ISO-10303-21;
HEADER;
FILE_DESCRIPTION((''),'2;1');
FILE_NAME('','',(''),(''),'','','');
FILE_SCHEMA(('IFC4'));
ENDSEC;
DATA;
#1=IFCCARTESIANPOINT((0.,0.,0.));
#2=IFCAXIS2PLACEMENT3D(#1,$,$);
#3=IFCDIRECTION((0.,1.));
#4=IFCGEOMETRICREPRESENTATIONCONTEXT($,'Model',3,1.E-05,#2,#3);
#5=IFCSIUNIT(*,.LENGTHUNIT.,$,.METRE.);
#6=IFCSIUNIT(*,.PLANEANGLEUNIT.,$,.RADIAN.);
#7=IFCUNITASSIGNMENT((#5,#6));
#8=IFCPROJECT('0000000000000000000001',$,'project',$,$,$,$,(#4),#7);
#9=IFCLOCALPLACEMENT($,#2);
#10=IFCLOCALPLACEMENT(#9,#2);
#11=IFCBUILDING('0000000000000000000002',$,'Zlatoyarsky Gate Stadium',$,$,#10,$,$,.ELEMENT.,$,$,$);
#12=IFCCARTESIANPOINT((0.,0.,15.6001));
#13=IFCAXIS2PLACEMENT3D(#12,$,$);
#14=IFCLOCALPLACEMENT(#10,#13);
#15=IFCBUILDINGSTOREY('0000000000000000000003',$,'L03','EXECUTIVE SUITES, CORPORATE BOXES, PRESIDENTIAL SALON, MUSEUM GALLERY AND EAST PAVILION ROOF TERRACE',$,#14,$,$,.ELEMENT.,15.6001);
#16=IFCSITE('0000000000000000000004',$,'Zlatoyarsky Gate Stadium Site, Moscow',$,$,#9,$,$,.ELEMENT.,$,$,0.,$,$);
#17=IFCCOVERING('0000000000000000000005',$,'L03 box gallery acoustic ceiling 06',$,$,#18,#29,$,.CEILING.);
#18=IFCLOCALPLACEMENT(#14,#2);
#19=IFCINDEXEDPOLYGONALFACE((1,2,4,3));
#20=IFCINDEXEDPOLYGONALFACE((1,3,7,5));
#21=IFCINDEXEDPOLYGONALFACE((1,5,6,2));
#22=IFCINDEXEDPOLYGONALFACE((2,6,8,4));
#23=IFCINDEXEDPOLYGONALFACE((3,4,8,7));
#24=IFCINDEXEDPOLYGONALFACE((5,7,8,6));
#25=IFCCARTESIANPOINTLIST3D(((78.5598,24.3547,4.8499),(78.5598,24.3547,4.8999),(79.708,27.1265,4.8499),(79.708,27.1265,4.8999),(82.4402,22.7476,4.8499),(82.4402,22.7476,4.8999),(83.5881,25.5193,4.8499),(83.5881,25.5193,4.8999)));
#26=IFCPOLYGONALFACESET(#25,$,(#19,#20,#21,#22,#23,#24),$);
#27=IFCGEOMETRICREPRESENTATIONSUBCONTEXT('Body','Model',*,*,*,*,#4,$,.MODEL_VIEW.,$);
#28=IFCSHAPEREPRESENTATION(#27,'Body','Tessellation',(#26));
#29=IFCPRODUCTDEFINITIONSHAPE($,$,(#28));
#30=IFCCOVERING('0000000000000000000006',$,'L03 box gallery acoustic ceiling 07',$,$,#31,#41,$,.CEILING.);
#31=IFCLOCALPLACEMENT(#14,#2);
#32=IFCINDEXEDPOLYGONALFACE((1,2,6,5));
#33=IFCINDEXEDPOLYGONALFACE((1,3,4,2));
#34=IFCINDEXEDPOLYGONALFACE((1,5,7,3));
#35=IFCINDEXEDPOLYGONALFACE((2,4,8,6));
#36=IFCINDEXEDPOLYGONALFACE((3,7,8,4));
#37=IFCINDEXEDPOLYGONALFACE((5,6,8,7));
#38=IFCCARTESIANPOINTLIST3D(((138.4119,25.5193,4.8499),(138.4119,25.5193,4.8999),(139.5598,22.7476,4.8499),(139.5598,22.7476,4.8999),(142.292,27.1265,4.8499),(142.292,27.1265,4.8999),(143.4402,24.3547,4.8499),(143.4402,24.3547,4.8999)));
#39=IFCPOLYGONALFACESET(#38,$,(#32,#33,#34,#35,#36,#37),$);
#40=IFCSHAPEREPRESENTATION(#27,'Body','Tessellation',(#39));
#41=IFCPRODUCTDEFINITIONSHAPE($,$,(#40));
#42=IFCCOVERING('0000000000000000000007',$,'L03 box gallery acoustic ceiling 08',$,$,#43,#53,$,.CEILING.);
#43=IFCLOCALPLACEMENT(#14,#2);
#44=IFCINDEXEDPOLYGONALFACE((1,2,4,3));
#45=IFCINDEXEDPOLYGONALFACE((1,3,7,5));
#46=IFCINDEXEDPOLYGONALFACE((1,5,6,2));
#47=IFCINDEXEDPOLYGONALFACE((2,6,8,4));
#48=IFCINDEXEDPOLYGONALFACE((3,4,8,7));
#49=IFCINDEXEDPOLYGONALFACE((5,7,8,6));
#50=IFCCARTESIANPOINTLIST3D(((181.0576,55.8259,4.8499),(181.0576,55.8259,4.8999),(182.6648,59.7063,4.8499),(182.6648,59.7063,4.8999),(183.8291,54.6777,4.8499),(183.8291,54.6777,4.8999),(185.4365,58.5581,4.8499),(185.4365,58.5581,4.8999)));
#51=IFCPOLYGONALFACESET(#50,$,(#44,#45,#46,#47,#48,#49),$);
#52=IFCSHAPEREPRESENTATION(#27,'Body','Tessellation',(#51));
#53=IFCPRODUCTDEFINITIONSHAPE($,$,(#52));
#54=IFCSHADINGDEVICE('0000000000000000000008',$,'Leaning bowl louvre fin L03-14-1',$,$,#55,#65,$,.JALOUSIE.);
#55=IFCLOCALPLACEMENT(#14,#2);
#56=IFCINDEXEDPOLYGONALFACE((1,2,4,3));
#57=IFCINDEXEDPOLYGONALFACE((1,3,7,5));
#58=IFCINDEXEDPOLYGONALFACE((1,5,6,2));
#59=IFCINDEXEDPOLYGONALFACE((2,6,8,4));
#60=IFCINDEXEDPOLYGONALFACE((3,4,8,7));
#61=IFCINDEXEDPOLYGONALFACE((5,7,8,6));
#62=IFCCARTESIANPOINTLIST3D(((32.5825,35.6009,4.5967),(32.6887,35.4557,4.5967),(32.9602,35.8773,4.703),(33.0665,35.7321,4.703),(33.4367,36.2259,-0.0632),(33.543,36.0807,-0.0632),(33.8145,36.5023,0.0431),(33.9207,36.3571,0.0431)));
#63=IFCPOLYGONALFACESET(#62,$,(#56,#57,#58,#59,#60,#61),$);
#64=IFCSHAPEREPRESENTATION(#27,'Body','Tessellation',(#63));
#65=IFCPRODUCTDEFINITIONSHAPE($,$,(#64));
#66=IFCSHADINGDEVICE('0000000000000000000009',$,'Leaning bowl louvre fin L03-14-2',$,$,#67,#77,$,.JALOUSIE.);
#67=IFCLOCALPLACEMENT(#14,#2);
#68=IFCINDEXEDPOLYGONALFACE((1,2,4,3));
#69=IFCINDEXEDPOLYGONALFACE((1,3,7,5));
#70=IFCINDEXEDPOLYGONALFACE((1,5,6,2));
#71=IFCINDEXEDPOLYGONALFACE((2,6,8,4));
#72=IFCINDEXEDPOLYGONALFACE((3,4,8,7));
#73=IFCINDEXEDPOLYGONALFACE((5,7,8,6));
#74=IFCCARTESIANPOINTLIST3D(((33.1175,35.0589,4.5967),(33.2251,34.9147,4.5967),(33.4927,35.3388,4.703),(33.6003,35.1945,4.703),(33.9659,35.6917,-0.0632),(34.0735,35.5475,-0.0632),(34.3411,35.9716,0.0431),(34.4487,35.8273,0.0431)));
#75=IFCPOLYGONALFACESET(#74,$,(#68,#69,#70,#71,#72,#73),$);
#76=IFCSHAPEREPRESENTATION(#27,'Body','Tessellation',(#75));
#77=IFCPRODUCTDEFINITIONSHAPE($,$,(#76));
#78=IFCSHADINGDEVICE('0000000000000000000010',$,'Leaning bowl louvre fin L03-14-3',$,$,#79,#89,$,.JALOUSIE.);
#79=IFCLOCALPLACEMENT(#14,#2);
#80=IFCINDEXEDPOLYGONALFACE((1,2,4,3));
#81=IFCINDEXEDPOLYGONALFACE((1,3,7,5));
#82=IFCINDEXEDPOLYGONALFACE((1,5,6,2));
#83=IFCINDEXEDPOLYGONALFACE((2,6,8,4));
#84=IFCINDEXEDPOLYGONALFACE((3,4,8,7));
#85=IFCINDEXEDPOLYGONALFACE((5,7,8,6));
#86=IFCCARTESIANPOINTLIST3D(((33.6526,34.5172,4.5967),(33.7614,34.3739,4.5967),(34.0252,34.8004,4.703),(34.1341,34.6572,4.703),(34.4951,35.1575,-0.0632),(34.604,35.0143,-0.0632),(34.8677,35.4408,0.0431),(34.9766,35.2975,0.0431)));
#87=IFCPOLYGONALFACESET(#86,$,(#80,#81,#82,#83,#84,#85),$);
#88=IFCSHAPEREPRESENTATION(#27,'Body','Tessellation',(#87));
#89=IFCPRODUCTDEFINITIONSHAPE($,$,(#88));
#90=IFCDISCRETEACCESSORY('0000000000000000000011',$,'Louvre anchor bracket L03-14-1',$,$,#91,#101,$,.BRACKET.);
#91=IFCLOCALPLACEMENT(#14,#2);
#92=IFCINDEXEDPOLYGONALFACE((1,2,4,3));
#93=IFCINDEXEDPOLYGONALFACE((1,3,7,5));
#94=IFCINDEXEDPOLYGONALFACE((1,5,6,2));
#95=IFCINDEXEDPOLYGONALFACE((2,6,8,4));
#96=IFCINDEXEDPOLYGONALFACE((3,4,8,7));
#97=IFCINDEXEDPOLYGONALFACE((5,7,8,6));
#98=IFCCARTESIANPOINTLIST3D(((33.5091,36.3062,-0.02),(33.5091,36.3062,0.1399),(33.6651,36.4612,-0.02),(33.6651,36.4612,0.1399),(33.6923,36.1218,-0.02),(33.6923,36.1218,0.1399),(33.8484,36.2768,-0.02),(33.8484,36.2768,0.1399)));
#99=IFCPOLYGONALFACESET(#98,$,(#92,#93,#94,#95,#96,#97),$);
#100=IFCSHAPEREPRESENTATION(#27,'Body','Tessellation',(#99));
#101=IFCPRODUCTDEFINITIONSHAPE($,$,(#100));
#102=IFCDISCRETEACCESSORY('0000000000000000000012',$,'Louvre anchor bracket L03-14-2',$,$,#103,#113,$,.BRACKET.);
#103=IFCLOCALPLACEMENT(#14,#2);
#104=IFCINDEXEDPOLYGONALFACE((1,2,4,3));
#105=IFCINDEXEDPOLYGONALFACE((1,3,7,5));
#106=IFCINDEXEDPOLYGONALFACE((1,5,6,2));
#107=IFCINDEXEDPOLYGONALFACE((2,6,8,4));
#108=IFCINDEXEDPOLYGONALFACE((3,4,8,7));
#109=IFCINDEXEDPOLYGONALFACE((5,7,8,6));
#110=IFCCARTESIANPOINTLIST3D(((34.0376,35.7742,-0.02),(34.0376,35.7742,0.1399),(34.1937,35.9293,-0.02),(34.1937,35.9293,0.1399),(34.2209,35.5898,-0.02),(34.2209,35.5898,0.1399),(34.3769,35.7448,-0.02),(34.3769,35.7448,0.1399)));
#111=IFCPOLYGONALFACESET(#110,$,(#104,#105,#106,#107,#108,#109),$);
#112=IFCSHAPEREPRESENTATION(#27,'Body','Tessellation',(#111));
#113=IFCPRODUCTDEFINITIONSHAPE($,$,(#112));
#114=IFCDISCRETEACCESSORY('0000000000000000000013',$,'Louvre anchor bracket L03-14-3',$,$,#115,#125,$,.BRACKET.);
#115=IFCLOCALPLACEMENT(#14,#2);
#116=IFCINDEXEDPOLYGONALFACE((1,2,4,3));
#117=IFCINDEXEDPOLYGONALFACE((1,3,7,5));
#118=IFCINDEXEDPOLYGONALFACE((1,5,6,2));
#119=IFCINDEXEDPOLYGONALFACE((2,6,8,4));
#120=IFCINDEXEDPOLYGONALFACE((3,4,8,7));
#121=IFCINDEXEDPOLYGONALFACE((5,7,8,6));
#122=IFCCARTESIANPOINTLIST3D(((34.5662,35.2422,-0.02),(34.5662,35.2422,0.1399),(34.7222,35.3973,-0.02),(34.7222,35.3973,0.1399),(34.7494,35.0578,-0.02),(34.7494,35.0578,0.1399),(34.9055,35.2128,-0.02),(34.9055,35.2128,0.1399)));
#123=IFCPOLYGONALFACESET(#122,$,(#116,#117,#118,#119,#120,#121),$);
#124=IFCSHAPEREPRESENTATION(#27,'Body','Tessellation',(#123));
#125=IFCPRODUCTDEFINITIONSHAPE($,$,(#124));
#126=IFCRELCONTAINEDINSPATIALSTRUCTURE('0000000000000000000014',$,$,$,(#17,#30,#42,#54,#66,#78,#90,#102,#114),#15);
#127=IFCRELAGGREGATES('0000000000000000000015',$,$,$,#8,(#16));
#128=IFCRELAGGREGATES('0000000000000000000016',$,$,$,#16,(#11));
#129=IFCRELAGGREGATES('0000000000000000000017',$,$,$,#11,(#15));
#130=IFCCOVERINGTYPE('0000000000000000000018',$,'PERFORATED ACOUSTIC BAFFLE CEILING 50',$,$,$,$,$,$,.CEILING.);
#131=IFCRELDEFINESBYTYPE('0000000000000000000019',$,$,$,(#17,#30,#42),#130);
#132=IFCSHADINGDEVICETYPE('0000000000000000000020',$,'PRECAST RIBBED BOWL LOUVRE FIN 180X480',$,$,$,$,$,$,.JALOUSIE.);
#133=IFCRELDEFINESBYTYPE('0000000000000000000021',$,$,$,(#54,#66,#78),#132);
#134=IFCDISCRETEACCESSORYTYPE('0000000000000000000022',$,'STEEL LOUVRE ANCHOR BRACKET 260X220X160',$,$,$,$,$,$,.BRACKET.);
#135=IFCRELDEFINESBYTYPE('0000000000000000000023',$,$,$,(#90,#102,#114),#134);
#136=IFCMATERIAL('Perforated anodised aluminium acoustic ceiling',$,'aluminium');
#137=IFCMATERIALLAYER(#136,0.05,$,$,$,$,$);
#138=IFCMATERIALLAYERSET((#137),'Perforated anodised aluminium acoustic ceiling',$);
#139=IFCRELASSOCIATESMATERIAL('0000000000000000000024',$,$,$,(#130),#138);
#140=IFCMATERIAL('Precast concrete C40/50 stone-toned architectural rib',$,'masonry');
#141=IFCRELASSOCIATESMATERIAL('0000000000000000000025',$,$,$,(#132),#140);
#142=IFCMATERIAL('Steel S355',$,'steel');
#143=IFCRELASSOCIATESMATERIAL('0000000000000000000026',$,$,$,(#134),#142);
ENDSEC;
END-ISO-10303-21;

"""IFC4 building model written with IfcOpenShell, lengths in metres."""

from ifc_helpers import new_model, si_unit, direction, frame, origin, origin_2d, place, context, subcontext, project, spatial, polyline, rectangle, outline, extrude, material, layer, layer_set, material_profile, profile_set, type_object, element, save


model = new_model("IFC4")

# Units and contexts
model_context = context("Model", 3, precision=1e-05, world=origin(), true_north=direction((0.0, 1.0)))
body_context = subcontext(model_context, "Body", "Model", "MODEL_VIEW")
ifc_project = project(units=[si_unit("LENGTHUNIT", "METRE"), si_unit("PLANEANGLEUNIT", "RADIAN")], contexts=[model_context])

# Site, building, storey
site_placement = place(None, origin())
site = spatial("IfcSite", under=ifc_project, at=site_placement, Name="Zlatoyarsky Gate Stadium Site, Moscow", CompositionType="ELEMENT", RefElevation=0.0)
building_placement = place(site_placement, origin())
building = spatial("IfcBuilding", under=site, at=building_placement, Name="Zlatoyarsky Gate Stadium", CompositionType="ELEMENT")
storey_placement = place(building_placement, frame((0.0, 0.0, 15.6001)))
storey = spatial("IfcBuildingStorey", under=building, at=storey_placement, Name="L03", Description="EXECUTIVE SUITES, CORPORATE BOXES, PRESIDENTIAL SALON, MUSEUM GALLERY AND EAST PAVILION ROOF TERRACE", CompositionType="ELEMENT", Elevation=15.6001)

# Shared definitions
ifc_material_1 = material(Name="Steel S355", Category="steel")

# Coverings
ifc_material_2 = material(Name="Perforated anodised aluminium acoustic ceiling", Category="aluminium")
ifc_layer_1 = layer(ifc_material_2, 0.05)
ifc_layer_set_1 = layer_set([ifc_layer_1], Name="Perforated anodised aluminium acoustic ceiling")
covering_type = type_object("IfcCoveringType", Name="PERFORATED ACOUSTIC BAFFLE CEILING 50", PredefinedType="CEILING", material=ifc_layer_set_1)
covering_1_placement = place(storey_placement, frame((0.0, 0.0, 4.8499)))
element("IfcCovering", 1, at=covering_1_placement, inside=storey, type_object=covering_type, Name="L03 box gallery acoustic ceiling 06", PredefinedType="CEILING", context=body_context, shape_type="SweptSolid", body=[
    extrude(outline(polyline([(79.708, 27.1265), (83.5881, 25.5193), (82.4402, 22.7476), (78.5598, 24.3547), (79.708, 27.1265)])), origin(), (0.0, 0.0, 1.0), 0.05),
])
covering_2_placement = place(storey_placement, frame((0.0, 0.0, 4.8499)))
element("IfcCovering", 2, at=covering_2_placement, inside=storey, type_object=covering_type, Name="L03 box gallery acoustic ceiling 07", PredefinedType="CEILING", context=body_context, shape_type="SweptSolid", body=[
    extrude(outline(polyline([(138.4119, 25.5193), (142.292, 27.1265), (143.4402, 24.3547), (139.5598, 22.7476), (138.4119, 25.5193)])), origin(), (0.0, 0.0, 1.0), 0.05),
])
covering_3_placement = place(storey_placement, frame((0.0, 0.0, 4.8499)))
element("IfcCovering", 3, at=covering_3_placement, inside=storey, type_object=covering_type, Name="L03 box gallery acoustic ceiling 08", PredefinedType="CEILING", context=body_context, shape_type="SweptSolid", body=[
    extrude(outline(polyline([(181.0576, 55.8259), (182.6648, 59.7063), (185.4365, 58.5581), (183.8291, 54.6777), (181.0576, 55.8259)])), origin(), (0.0, 0.0, 1.0), 0.05),
])

# Shading devices
ifc_material_3 = material(Name="Precast concrete C40/50 stone-toned architectural rib", Category="masonry")
ifc_material_profile_1 = material_profile(ifc_material_3, rectangle(XDim=0.1799, YDim=0.48, at=origin_2d()), Name="RIB 180X480")
ifc_profile_set_1 = profile_set([ifc_material_profile_1], Name="Precast concrete C40/50 stone-toned architectural rib")
shading_device_type = type_object("IfcShadingDeviceType", Name="PRECAST RIBBED BOWL LOUVRE FIN 180X480", PredefinedType="JALOUSIE", material=ifc_profile_set_1)
for number, where, z_axis, x_axis, name in (
    (4, (33.6787, 36.2915, -0.01), (-0.178765, -0.130791, 0.97516), (0.590473, -0.807057, 0.0), "Leaning bowl louvre fin L03-14-1"),
    (5, (34.2073, 35.7595, -0.01), (-0.177539, -0.132426, 0.975163), (0.597894, -0.801575, 0.0), "Leaning bowl louvre fin L03-14-2"),
    (6, (34.7358, 35.2275, -0.01), (-0.176314, -0.134011, 0.975169), (0.605118, -0.796136, 0.0), "Leaning bowl louvre fin L03-14-3"),
):
    element("IfcShadingDevice", number, at=place(storey_placement, frame(where, z_axis=z_axis, x_axis=x_axis)), inside=storey, type_object=shading_device_type, Name=name, PredefinedType="JALOUSIE", context=body_context, shape_type="SweptSolid", body=[
        extrude(rectangle(XDim=0.1799, YDim=0.48, at=origin_2d()), origin(), (0.0, 0.0, 1.0), 4.7786),
    ])

# Discrete accessories
discrete_accessory_type = type_object("IfcDiscreteAccessoryType", Name="STEEL LOUVRE ANCHOR BRACKET 260X220X160", PredefinedType="BRACKET", material=ifc_material_1)
for number, where, z_axis, x_axis, name in (
    (7, (33.6787, 36.2915, -0.02), (0.0, 0.0, 1.0), (0.704815, -0.709391, 0.0), "Louvre anchor bracket L03-14-1"),
    (8, (34.2073, 35.7595, -0.02), (0.0, 0.0, 1.0), (0.704815, -0.709391, 0.0), "Louvre anchor bracket L03-14-2"),
    (9, (34.7358, 35.2275, -0.02), (0.0, 0.0, 1.0), (0.704815, -0.709391, 0.0), "Louvre anchor bracket L03-14-3"),
):
    element("IfcDiscreteAccessory", number, at=place(storey_placement, frame(where, z_axis=z_axis, x_axis=x_axis)), inside=storey, type_object=discrete_accessory_type, Name=name, PredefinedType="BRACKET", context=body_context, shape_type="SweptSolid", body=[
        extrude(rectangle(XDim=0.26, YDim=0.22, at=origin_2d()), origin(), (0.0, 0.0, 1.0), 0.1599),
    ])

save(model, "model.ifc")
